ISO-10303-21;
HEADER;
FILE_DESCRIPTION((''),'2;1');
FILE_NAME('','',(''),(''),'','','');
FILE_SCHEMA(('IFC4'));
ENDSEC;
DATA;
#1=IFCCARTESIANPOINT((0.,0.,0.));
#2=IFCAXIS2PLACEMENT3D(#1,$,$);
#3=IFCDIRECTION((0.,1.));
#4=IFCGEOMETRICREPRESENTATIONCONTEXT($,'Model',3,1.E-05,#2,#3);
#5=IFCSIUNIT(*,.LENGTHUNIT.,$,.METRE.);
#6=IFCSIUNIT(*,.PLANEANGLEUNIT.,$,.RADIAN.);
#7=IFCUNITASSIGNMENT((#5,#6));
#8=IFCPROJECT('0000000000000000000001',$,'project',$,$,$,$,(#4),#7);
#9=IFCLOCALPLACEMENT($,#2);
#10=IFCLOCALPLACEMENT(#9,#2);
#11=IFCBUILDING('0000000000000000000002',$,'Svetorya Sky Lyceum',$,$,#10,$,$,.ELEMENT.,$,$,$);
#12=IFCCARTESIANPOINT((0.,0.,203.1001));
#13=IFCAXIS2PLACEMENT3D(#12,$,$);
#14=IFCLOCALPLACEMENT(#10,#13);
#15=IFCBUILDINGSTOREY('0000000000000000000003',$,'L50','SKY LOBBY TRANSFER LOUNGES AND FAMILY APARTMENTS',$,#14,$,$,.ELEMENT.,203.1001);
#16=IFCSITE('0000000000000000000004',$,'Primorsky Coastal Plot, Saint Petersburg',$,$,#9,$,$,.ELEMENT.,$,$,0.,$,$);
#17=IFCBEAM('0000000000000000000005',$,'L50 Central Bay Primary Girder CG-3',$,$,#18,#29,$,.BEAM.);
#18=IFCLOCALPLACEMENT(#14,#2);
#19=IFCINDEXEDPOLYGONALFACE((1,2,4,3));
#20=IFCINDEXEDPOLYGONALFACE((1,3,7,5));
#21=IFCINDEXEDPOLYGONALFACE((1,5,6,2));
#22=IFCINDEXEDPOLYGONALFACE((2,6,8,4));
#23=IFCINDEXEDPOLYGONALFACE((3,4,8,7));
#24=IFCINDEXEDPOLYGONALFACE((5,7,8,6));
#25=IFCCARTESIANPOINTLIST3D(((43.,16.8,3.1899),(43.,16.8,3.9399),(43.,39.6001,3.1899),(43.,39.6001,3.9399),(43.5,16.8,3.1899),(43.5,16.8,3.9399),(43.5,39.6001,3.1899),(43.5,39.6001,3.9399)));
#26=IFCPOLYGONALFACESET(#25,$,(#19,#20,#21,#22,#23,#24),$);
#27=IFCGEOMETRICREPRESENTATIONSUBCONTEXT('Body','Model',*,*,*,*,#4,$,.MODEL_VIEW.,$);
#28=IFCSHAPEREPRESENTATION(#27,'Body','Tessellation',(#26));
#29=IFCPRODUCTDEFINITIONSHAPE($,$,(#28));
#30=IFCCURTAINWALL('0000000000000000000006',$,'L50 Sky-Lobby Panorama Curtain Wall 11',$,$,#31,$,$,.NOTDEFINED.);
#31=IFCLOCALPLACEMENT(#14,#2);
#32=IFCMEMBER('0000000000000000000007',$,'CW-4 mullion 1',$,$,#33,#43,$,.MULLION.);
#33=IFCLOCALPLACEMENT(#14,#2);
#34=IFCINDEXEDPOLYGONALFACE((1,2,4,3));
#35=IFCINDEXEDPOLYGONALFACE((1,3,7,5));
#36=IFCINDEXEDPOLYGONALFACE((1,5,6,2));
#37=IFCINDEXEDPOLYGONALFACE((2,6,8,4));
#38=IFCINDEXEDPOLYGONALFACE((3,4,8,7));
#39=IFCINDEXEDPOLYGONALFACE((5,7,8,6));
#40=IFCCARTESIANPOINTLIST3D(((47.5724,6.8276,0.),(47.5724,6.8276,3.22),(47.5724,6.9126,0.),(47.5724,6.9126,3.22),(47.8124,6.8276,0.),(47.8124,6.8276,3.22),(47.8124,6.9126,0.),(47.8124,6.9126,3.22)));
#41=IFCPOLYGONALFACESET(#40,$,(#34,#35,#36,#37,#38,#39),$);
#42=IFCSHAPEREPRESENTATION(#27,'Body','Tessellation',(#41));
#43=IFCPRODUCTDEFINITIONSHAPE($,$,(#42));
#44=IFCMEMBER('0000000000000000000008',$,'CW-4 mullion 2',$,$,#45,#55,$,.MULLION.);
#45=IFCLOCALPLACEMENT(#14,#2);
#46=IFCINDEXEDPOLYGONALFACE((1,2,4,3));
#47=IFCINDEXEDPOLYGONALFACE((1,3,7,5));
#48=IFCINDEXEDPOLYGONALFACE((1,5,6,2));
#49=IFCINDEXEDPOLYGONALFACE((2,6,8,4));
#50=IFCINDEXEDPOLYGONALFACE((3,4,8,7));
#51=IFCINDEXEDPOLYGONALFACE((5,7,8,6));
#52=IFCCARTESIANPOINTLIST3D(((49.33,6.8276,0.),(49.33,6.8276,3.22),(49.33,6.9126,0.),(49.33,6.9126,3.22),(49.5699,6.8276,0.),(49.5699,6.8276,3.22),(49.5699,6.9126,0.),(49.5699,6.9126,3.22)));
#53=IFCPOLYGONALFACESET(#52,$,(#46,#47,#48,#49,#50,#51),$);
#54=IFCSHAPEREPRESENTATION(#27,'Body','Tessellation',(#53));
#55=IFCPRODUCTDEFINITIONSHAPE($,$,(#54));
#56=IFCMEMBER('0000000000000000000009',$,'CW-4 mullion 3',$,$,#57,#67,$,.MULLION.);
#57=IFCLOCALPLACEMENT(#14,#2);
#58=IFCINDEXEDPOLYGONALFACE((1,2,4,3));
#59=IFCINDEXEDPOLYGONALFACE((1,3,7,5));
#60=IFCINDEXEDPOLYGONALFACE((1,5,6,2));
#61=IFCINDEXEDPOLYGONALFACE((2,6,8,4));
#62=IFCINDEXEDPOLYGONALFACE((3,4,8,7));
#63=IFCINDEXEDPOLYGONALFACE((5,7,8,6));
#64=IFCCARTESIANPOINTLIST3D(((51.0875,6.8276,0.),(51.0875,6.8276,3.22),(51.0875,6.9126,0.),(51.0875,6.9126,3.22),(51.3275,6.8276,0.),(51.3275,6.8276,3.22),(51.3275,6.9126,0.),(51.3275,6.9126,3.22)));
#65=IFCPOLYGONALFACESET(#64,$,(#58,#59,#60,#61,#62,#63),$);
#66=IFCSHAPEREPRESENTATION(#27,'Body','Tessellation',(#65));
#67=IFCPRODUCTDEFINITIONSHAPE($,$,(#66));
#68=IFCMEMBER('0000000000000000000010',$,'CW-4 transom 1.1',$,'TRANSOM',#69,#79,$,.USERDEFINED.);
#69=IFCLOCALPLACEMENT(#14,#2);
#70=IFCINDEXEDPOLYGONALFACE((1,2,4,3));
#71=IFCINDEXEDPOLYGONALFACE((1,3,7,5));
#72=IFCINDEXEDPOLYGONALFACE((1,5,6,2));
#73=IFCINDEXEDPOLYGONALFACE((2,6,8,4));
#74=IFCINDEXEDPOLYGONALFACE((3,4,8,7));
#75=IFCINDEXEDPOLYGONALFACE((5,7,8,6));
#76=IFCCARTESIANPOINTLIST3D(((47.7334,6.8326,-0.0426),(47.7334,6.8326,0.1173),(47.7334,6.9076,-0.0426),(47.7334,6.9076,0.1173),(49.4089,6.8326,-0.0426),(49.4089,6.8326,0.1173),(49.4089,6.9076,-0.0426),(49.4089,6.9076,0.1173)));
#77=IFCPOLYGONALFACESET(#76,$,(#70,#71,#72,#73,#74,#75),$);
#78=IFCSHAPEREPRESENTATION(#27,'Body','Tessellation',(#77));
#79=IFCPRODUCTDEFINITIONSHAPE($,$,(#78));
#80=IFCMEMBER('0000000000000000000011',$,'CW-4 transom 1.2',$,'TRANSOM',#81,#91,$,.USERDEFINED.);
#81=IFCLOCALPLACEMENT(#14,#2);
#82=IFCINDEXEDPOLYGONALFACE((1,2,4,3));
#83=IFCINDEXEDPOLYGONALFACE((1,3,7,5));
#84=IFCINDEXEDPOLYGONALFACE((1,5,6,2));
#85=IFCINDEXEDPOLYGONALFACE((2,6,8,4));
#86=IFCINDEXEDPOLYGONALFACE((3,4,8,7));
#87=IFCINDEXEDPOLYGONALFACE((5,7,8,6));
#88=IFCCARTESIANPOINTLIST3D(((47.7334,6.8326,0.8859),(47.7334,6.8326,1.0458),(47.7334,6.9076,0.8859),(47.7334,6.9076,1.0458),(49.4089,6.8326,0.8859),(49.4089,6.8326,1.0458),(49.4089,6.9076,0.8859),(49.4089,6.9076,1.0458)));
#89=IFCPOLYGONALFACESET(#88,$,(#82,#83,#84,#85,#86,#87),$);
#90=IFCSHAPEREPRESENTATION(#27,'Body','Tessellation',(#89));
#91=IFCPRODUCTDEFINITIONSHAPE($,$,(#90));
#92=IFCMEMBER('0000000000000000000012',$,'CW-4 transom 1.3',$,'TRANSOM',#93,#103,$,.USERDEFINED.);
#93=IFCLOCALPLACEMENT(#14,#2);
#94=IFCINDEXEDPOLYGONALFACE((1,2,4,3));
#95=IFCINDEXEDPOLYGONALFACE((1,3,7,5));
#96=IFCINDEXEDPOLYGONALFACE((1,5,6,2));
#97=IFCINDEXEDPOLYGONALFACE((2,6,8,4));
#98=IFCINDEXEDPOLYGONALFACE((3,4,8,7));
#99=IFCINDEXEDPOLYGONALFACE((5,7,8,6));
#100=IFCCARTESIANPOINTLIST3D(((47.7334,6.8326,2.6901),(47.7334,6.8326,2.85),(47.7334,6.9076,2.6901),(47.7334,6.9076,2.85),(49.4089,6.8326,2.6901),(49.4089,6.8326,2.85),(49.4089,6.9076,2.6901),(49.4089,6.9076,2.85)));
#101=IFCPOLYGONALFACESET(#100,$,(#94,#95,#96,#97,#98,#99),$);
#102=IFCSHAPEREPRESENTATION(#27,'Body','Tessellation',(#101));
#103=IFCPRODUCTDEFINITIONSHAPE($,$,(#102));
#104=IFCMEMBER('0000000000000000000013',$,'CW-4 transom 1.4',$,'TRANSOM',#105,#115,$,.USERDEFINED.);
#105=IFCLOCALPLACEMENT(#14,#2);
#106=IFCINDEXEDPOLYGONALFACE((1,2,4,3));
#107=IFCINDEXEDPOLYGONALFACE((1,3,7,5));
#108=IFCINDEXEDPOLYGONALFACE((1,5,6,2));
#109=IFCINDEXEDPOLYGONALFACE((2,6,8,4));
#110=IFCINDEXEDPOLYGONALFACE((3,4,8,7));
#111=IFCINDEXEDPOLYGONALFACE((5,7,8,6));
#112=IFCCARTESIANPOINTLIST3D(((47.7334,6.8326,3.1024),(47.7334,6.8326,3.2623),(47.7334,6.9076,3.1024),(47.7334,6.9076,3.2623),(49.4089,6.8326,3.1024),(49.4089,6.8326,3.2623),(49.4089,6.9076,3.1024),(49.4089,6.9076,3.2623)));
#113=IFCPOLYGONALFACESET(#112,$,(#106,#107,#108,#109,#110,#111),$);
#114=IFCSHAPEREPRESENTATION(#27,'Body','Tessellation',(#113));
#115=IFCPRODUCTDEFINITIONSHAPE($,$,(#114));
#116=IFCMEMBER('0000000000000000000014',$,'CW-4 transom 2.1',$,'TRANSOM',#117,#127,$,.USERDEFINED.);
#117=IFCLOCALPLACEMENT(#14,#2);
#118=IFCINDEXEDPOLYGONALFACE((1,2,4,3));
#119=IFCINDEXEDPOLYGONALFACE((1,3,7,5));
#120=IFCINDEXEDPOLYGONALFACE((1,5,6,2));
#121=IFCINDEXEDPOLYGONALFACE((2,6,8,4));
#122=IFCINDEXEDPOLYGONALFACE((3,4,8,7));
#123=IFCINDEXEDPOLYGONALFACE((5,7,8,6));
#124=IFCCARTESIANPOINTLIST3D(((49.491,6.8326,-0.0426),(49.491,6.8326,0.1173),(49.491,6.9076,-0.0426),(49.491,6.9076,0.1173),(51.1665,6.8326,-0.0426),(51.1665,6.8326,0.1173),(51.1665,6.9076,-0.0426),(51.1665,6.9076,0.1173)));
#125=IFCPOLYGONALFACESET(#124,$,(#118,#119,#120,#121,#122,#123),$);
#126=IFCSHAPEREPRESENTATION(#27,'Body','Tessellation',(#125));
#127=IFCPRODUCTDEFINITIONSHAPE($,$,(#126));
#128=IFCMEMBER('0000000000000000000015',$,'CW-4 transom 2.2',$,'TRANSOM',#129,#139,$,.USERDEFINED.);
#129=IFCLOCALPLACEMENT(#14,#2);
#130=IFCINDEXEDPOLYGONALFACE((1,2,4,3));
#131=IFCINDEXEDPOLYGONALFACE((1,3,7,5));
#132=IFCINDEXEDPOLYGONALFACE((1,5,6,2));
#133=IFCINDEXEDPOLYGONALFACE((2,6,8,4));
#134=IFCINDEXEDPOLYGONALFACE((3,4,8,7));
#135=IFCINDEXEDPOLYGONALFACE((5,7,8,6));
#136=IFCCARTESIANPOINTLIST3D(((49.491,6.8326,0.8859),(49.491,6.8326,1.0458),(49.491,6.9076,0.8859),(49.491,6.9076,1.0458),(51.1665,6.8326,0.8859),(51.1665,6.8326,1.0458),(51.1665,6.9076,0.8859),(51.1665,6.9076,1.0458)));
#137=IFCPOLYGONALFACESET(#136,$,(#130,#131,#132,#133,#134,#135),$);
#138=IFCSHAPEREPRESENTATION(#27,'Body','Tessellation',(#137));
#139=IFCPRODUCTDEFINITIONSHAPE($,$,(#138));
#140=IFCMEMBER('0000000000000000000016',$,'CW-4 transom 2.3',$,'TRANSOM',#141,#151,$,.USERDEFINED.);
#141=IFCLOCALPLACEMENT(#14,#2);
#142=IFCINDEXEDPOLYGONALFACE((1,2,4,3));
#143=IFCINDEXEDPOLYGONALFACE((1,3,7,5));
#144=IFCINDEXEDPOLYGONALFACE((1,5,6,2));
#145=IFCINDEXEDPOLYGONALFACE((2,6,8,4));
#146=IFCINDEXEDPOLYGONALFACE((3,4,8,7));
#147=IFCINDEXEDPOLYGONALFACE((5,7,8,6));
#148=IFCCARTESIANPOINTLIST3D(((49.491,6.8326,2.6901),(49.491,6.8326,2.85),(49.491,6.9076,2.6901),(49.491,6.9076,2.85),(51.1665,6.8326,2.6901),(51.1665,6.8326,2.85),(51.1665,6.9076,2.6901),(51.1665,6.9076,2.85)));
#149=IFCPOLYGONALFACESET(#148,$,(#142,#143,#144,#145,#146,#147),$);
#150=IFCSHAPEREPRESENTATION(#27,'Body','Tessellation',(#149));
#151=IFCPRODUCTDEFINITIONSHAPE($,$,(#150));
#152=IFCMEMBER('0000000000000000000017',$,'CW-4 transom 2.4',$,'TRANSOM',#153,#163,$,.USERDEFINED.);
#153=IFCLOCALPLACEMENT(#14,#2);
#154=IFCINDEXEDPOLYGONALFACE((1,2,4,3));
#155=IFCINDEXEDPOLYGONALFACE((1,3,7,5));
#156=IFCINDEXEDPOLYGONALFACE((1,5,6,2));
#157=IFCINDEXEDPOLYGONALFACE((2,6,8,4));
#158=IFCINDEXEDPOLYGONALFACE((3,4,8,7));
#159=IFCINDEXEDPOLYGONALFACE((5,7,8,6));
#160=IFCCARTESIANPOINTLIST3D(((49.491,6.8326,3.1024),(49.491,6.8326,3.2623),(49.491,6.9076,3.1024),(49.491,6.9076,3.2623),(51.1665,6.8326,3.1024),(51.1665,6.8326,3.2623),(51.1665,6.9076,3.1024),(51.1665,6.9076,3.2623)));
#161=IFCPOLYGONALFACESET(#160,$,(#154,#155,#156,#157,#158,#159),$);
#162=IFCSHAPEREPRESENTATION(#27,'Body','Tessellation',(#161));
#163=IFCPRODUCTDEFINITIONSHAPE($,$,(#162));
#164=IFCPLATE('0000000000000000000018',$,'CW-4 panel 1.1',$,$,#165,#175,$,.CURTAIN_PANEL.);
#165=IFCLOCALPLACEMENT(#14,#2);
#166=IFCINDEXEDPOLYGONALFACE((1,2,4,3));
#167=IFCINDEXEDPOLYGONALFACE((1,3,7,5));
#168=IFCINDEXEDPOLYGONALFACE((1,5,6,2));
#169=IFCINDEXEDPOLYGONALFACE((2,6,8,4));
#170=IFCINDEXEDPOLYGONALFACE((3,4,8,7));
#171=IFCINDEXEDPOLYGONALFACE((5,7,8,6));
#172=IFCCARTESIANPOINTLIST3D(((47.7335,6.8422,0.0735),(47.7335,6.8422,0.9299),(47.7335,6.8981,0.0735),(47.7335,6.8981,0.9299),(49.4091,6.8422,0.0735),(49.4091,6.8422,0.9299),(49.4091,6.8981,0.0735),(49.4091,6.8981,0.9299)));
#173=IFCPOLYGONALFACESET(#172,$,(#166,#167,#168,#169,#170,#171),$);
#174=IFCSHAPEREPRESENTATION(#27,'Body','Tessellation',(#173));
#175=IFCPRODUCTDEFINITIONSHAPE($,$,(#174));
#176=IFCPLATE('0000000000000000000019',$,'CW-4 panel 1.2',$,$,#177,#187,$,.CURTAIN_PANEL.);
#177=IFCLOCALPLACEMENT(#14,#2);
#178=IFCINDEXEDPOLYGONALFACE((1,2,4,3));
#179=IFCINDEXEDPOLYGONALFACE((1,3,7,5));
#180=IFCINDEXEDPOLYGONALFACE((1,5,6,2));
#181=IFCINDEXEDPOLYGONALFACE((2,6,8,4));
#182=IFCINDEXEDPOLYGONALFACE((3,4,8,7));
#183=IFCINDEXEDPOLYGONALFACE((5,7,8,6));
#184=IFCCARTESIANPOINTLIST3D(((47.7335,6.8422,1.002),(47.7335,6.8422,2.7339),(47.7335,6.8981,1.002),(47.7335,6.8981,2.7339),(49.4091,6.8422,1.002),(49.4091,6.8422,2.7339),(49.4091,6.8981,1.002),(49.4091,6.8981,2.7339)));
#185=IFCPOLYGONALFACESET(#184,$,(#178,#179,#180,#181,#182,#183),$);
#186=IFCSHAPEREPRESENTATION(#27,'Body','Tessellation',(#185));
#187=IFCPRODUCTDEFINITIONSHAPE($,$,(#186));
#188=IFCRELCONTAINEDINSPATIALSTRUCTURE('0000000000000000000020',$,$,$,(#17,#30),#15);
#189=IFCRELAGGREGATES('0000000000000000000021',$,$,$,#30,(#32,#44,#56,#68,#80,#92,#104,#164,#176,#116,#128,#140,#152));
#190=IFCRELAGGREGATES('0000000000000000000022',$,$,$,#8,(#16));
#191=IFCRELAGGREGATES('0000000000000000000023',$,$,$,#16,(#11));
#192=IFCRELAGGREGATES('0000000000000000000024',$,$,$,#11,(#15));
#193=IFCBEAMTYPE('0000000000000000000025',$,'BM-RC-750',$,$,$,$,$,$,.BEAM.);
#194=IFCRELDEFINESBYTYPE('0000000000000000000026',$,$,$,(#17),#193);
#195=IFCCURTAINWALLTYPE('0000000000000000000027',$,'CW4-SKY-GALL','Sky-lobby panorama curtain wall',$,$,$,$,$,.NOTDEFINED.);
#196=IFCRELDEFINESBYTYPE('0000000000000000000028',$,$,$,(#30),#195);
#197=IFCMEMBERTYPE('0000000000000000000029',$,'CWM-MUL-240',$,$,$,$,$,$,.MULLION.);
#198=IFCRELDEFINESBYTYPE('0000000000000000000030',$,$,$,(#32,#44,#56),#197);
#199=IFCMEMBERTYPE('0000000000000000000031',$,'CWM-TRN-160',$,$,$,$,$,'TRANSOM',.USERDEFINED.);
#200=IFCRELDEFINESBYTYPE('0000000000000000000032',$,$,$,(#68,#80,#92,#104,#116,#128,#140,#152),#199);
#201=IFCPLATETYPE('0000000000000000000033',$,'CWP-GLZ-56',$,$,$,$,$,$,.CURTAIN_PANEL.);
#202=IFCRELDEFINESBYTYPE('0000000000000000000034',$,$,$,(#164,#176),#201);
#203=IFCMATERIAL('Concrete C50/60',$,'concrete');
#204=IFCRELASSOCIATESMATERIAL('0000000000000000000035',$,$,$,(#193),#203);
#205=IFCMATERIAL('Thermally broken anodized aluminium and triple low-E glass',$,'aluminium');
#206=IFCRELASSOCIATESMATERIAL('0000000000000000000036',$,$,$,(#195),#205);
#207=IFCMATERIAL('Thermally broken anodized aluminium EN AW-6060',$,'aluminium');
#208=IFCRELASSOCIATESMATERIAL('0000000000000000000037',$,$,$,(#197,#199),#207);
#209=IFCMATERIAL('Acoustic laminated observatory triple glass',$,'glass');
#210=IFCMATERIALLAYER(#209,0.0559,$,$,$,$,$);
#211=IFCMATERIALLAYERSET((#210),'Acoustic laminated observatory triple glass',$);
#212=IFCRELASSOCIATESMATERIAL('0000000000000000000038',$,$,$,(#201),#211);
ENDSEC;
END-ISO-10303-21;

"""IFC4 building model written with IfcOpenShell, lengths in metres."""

from ifc_helpers import new_model, si_unit, direction, frame, origin, origin_2d, place, context, subcontext, project, spatial, rectangle, extrude, material, layer, layer_set, material_profile, profile_set, type_object, element, aggregate, save


model = new_model("IFC4")

# Units and contexts
model_context = context("Model", 3, precision=1e-05, world=origin(), true_north=direction((0.0, 1.0)))
body_context = subcontext(model_context, "Body", "Model", "MODEL_VIEW")
ifc_project = project(units=[si_unit("LENGTHUNIT", "METRE"), si_unit("PLANEANGLEUNIT", "RADIAN")], contexts=[model_context])

# Site, building, storey
site_placement = place(None, origin())
site = spatial("IfcSite", under=ifc_project, at=site_placement, Name="Primorsky Coastal Plot, Saint Petersburg", CompositionType="ELEMENT", RefElevation=0.0)
building_placement = place(site_placement, origin())
building = spatial("IfcBuilding", under=site, at=building_placement, Name="Svetorya Sky Lyceum", CompositionType="ELEMENT")
storey_placement = place(building_placement, frame((0.0, 0.0, 203.1001)))
storey = spatial("IfcBuildingStorey", under=building, at=storey_placement, Name="L50", Description="SKY LOBBY TRANSFER LOUNGES AND FAMILY APARTMENTS", CompositionType="ELEMENT", Elevation=203.1001)

# Beam
ifc_material_1 = material(Name="Concrete C50/60", Category="concrete")
ifc_material_profile_1 = material_profile(ifc_material_1, rectangle(XDim=0.5, YDim=0.75, at=origin_2d()), Name="RC BEAM 500x750")
ifc_profile_set_1 = profile_set([ifc_material_profile_1], Name="Concrete C50/60")
beam_type = type_object("IfcBeamType", Name="BM-RC-750", PredefinedType="BEAM", material=ifc_profile_set_1)
beam_placement = place(storey_placement, frame((43.25, 16.8, 3.5649), z_axis=(0.0, 1.0, 0.0), x_axis=(-1.0, 0.0, 0.0)))
element("IfcBeam", 1, at=beam_placement, inside=storey, type_object=beam_type, Name="L50 Central Bay Primary Girder CG-3", PredefinedType="BEAM", context=body_context, shape_type="SweptSolid", body=[
    extrude(rectangle(XDim=0.5, YDim=0.75, at=origin_2d()), origin(), (0.0, 0.0, 1.0), 22.8),
])

# Curtain wall, members, plates
ifc_material_2 = material(Name="Thermally broken anodized aluminium and triple low-E glass", Category="aluminium")
curtain_wall_type = type_object("IfcCurtainWallType", Name="CW4-SKY-GALL", Description="Sky-lobby panorama curtain wall", PredefinedType="NOTDEFINED", material=ifc_material_2)
curtain_wall_placement = place(storey_placement, origin())
curtain_wall = element("IfcCurtainWall", 2, at=curtain_wall_placement, inside=storey, type_object=curtain_wall_type, Name="L50 Sky-Lobby Panorama Curtain Wall 11", PredefinedType="NOTDEFINED")
ifc_material_3 = material(Name="Thermally broken anodized aluminium EN AW-6060", Category="aluminium")
ifc_material_profile_2 = material_profile(ifc_material_3, rectangle(XDim=0.085, YDim=0.24, at=origin_2d()), Name="ALU MULLION 85x240")
ifc_profile_set_2 = profile_set([ifc_material_profile_2], Name="Thermally broken anodized aluminium EN AW-6060")
member_type_1 = type_object("IfcMemberType", Name="CWM-MUL-240", PredefinedType="MULLION", material=ifc_profile_set_2)
member_1_placement = place(storey_placement, frame((47.6924, 6.8701, 0.0), z_axis=(0.0, 0.0, 1.0), x_axis=(0.0, 1.0, 0.0)))
member_1 = element("IfcMember", 3, at=member_1_placement, type_object=member_type_1, Name="CW-4 mullion 1", PredefinedType="MULLION", context=body_context, shape_type="SweptSolid", body=[
    extrude(rectangle(XDim=0.085, YDim=0.24, at=origin_2d()), origin(), (0.0, 0.0, 1.0), 3.22),
])
member_2_placement = place(storey_placement, frame((49.45, 6.8701, 0.0), z_axis=(0.0, 0.0, 1.0), x_axis=(0.0, 1.0, 0.0)))
member_2 = element("IfcMember", 4, at=member_2_placement, type_object=member_type_1, Name="CW-4 mullion 2", PredefinedType="MULLION", context=body_context, shape_type="SweptSolid", body=[
    extrude(rectangle(XDim=0.085, YDim=0.24, at=origin_2d()), origin(), (0.0, 0.0, 1.0), 3.22),
])
member_3_placement = place(storey_placement, frame((51.2075, 6.8701, 0.0), z_axis=(0.0, 0.0, 1.0), x_axis=(0.0, 1.0, 0.0)))
member_3 = element("IfcMember", 5, at=member_3_placement, type_object=member_type_1, Name="CW-4 mullion 3", PredefinedType="MULLION", context=body_context, shape_type="SweptSolid", body=[
    extrude(rectangle(XDim=0.085, YDim=0.24, at=origin_2d()), origin(), (0.0, 0.0, 1.0), 3.22),
])
ifc_material_profile_3 = material_profile(ifc_material_3, rectangle(XDim=0.075, YDim=0.1599, at=origin_2d()), Name="ALU TRANSOM 75x160")
ifc_profile_set_3 = profile_set([ifc_material_profile_3], Name="Thermally broken anodized aluminium EN AW-6060")
member_type_2 = type_object("IfcMemberType", Name="CWM-TRN-160", ElementType="TRANSOM", PredefinedType="USERDEFINED", material=ifc_profile_set_3)
member_4_placement = place(storey_placement, frame((47.7334, 6.8701, 0.0374), z_axis=(1.0, 0.0, 0.0), x_axis=(0.0, 1.0, 0.0)))
member_4 = element("IfcMember", 6, at=member_4_placement, type_object=member_type_2, Name="CW-4 transom 1.1", ObjectType="TRANSOM", PredefinedType="USERDEFINED", context=body_context, shape_type="SweptSolid", body=[
    extrude(rectangle(XDim=0.075, YDim=0.1599, at=origin_2d()), origin(), (0.0, 0.0, 1.0), 1.6755),
])
member_5_placement = place(storey_placement, frame((47.7334, 6.8701, 0.9658), z_axis=(1.0, 0.0, 0.0), x_axis=(0.0, 1.0, 0.0)))
member_5 = element("IfcMember", 7, at=member_5_placement, type_object=member_type_2, Name="CW-4 transom 1.2", ObjectType="TRANSOM", PredefinedType="USERDEFINED", context=body_context, shape_type="SweptSolid", body=[
    extrude(rectangle(XDim=0.075, YDim=0.1599, at=origin_2d()), origin(), (0.0, 0.0, 1.0), 1.6755),
])
member_6_placement = place(storey_placement, frame((47.7334, 6.8701, 2.77), z_axis=(1.0, 0.0, 0.0), x_axis=(0.0, 1.0, 0.0)))
member_6 = element("IfcMember", 8, at=member_6_placement, type_object=member_type_2, Name="CW-4 transom 1.3", ObjectType="TRANSOM", PredefinedType="USERDEFINED", context=body_context, shape_type="SweptSolid", body=[
    extrude(rectangle(XDim=0.075, YDim=0.1599, at=origin_2d()), origin(), (0.0, 0.0, 1.0), 1.6755),
])
member_7_placement = place(storey_placement, frame((47.7334, 6.8701, 3.1824), z_axis=(1.0, 0.0, 0.0), x_axis=(0.0, 1.0, 0.0)))
member_7 = element("IfcMember", 9, at=member_7_placement, type_object=member_type_2, Name="CW-4 transom 1.4", ObjectType="TRANSOM", PredefinedType="USERDEFINED", context=body_context, shape_type="SweptSolid", body=[
    extrude(rectangle(XDim=0.075, YDim=0.1599, at=origin_2d()), origin(), (0.0, 0.0, 1.0), 1.6755),
])
member_8_placement = place(storey_placement, frame((49.491, 6.8701, 0.0374), z_axis=(1.0, 0.0, 0.0), x_axis=(0.0, 1.0, 0.0)))
member_8 = element("IfcMember", 10, at=member_8_placement, type_object=member_type_2, Name="CW-4 transom 2.1", ObjectType="TRANSOM", PredefinedType="USERDEFINED", context=body_context, shape_type="SweptSolid", body=[
    extrude(rectangle(XDim=0.075, YDim=0.1599, at=origin_2d()), origin(), (0.0, 0.0, 1.0), 1.6755),
])
member_9_placement = place(storey_placement, frame((49.491, 6.8701, 0.9658), z_axis=(1.0, 0.0, 0.0), x_axis=(0.0, 1.0, 0.0)))
member_9 = element("IfcMember", 11, at=member_9_placement, type_object=member_type_2, Name="CW-4 transom 2.2", ObjectType="TRANSOM", PredefinedType="USERDEFINED", context=body_context, shape_type="SweptSolid", body=[
    extrude(rectangle(XDim=0.075, YDim=0.1599, at=origin_2d()), origin(), (0.0, 0.0, 1.0), 1.6755),
])
member_10_placement = place(storey_placement, frame((49.491, 6.8701, 2.77), z_axis=(1.0, 0.0, 0.0), x_axis=(0.0, 1.0, 0.0)))
member_10 = element("IfcMember", 12, at=member_10_placement, type_object=member_type_2, Name="CW-4 transom 2.3", ObjectType="TRANSOM", PredefinedType="USERDEFINED", context=body_context, shape_type="SweptSolid", body=[
    extrude(rectangle(XDim=0.075, YDim=0.1599, at=origin_2d()), origin(), (0.0, 0.0, 1.0), 1.6755),
])
member_11_placement = place(storey_placement, frame((49.491, 6.8701, 3.1824), z_axis=(1.0, 0.0, 0.0), x_axis=(0.0, 1.0, 0.0)))
member_11 = element("IfcMember", 13, at=member_11_placement, type_object=member_type_2, Name="CW-4 transom 2.4", ObjectType="TRANSOM", PredefinedType="USERDEFINED", context=body_context, shape_type="SweptSolid", body=[
    extrude(rectangle(XDim=0.075, YDim=0.1599, at=origin_2d()), origin(), (0.0, 0.0, 1.0), 1.6755),
])
ifc_material_4 = material(Name="Acoustic laminated observatory triple glass", Category="glass")
ifc_layer_1 = layer(ifc_material_4, 0.0559)
ifc_layer_set_1 = layer_set([ifc_layer_1], Name="Acoustic laminated observatory triple glass")
plate_type = type_object("IfcPlateType", Name="CWP-GLZ-56", PredefinedType="CURTAIN_PANEL", material=ifc_layer_set_1)
plate_1_placement = place(storey_placement, frame((48.5713, 6.8701, 0.0735), z_axis=(0.0, 0.0, 1.0), x_axis=(1.0, 0.0, 0.0)))
plate_1 = element("IfcPlate", 14, at=plate_1_placement, type_object=plate_type, Name="CW-4 panel 1.1", PredefinedType="CURTAIN_PANEL", context=body_context, shape_type="SweptSolid", body=[
    extrude(rectangle(XDim=1.6755, YDim=0.0559, at=origin_2d()), origin(), (0.0, 0.0, 1.0), 0.8564),
])
plate_2_placement = place(storey_placement, frame((48.5713, 6.8701, 1.002), z_axis=(0.0, 0.0, 1.0), x_axis=(1.0, 0.0, 0.0)))
plate_2 = element("IfcPlate", 15, at=plate_2_placement, type_object=plate_type, Name="CW-4 panel 1.2", PredefinedType="CURTAIN_PANEL", context=body_context, shape_type="SweptSolid", body=[
    extrude(rectangle(XDim=1.6755, YDim=0.0559, at=origin_2d()), origin(), (0.0, 0.0, 1.0), 1.7319),
])
aggregate(curtain_wall, [member_1, member_2, member_3, member_4, member_5, member_6, member_7, plate_1, plate_2, member_8, member_9, member_10, member_11])

save(model, "model.ifc")
